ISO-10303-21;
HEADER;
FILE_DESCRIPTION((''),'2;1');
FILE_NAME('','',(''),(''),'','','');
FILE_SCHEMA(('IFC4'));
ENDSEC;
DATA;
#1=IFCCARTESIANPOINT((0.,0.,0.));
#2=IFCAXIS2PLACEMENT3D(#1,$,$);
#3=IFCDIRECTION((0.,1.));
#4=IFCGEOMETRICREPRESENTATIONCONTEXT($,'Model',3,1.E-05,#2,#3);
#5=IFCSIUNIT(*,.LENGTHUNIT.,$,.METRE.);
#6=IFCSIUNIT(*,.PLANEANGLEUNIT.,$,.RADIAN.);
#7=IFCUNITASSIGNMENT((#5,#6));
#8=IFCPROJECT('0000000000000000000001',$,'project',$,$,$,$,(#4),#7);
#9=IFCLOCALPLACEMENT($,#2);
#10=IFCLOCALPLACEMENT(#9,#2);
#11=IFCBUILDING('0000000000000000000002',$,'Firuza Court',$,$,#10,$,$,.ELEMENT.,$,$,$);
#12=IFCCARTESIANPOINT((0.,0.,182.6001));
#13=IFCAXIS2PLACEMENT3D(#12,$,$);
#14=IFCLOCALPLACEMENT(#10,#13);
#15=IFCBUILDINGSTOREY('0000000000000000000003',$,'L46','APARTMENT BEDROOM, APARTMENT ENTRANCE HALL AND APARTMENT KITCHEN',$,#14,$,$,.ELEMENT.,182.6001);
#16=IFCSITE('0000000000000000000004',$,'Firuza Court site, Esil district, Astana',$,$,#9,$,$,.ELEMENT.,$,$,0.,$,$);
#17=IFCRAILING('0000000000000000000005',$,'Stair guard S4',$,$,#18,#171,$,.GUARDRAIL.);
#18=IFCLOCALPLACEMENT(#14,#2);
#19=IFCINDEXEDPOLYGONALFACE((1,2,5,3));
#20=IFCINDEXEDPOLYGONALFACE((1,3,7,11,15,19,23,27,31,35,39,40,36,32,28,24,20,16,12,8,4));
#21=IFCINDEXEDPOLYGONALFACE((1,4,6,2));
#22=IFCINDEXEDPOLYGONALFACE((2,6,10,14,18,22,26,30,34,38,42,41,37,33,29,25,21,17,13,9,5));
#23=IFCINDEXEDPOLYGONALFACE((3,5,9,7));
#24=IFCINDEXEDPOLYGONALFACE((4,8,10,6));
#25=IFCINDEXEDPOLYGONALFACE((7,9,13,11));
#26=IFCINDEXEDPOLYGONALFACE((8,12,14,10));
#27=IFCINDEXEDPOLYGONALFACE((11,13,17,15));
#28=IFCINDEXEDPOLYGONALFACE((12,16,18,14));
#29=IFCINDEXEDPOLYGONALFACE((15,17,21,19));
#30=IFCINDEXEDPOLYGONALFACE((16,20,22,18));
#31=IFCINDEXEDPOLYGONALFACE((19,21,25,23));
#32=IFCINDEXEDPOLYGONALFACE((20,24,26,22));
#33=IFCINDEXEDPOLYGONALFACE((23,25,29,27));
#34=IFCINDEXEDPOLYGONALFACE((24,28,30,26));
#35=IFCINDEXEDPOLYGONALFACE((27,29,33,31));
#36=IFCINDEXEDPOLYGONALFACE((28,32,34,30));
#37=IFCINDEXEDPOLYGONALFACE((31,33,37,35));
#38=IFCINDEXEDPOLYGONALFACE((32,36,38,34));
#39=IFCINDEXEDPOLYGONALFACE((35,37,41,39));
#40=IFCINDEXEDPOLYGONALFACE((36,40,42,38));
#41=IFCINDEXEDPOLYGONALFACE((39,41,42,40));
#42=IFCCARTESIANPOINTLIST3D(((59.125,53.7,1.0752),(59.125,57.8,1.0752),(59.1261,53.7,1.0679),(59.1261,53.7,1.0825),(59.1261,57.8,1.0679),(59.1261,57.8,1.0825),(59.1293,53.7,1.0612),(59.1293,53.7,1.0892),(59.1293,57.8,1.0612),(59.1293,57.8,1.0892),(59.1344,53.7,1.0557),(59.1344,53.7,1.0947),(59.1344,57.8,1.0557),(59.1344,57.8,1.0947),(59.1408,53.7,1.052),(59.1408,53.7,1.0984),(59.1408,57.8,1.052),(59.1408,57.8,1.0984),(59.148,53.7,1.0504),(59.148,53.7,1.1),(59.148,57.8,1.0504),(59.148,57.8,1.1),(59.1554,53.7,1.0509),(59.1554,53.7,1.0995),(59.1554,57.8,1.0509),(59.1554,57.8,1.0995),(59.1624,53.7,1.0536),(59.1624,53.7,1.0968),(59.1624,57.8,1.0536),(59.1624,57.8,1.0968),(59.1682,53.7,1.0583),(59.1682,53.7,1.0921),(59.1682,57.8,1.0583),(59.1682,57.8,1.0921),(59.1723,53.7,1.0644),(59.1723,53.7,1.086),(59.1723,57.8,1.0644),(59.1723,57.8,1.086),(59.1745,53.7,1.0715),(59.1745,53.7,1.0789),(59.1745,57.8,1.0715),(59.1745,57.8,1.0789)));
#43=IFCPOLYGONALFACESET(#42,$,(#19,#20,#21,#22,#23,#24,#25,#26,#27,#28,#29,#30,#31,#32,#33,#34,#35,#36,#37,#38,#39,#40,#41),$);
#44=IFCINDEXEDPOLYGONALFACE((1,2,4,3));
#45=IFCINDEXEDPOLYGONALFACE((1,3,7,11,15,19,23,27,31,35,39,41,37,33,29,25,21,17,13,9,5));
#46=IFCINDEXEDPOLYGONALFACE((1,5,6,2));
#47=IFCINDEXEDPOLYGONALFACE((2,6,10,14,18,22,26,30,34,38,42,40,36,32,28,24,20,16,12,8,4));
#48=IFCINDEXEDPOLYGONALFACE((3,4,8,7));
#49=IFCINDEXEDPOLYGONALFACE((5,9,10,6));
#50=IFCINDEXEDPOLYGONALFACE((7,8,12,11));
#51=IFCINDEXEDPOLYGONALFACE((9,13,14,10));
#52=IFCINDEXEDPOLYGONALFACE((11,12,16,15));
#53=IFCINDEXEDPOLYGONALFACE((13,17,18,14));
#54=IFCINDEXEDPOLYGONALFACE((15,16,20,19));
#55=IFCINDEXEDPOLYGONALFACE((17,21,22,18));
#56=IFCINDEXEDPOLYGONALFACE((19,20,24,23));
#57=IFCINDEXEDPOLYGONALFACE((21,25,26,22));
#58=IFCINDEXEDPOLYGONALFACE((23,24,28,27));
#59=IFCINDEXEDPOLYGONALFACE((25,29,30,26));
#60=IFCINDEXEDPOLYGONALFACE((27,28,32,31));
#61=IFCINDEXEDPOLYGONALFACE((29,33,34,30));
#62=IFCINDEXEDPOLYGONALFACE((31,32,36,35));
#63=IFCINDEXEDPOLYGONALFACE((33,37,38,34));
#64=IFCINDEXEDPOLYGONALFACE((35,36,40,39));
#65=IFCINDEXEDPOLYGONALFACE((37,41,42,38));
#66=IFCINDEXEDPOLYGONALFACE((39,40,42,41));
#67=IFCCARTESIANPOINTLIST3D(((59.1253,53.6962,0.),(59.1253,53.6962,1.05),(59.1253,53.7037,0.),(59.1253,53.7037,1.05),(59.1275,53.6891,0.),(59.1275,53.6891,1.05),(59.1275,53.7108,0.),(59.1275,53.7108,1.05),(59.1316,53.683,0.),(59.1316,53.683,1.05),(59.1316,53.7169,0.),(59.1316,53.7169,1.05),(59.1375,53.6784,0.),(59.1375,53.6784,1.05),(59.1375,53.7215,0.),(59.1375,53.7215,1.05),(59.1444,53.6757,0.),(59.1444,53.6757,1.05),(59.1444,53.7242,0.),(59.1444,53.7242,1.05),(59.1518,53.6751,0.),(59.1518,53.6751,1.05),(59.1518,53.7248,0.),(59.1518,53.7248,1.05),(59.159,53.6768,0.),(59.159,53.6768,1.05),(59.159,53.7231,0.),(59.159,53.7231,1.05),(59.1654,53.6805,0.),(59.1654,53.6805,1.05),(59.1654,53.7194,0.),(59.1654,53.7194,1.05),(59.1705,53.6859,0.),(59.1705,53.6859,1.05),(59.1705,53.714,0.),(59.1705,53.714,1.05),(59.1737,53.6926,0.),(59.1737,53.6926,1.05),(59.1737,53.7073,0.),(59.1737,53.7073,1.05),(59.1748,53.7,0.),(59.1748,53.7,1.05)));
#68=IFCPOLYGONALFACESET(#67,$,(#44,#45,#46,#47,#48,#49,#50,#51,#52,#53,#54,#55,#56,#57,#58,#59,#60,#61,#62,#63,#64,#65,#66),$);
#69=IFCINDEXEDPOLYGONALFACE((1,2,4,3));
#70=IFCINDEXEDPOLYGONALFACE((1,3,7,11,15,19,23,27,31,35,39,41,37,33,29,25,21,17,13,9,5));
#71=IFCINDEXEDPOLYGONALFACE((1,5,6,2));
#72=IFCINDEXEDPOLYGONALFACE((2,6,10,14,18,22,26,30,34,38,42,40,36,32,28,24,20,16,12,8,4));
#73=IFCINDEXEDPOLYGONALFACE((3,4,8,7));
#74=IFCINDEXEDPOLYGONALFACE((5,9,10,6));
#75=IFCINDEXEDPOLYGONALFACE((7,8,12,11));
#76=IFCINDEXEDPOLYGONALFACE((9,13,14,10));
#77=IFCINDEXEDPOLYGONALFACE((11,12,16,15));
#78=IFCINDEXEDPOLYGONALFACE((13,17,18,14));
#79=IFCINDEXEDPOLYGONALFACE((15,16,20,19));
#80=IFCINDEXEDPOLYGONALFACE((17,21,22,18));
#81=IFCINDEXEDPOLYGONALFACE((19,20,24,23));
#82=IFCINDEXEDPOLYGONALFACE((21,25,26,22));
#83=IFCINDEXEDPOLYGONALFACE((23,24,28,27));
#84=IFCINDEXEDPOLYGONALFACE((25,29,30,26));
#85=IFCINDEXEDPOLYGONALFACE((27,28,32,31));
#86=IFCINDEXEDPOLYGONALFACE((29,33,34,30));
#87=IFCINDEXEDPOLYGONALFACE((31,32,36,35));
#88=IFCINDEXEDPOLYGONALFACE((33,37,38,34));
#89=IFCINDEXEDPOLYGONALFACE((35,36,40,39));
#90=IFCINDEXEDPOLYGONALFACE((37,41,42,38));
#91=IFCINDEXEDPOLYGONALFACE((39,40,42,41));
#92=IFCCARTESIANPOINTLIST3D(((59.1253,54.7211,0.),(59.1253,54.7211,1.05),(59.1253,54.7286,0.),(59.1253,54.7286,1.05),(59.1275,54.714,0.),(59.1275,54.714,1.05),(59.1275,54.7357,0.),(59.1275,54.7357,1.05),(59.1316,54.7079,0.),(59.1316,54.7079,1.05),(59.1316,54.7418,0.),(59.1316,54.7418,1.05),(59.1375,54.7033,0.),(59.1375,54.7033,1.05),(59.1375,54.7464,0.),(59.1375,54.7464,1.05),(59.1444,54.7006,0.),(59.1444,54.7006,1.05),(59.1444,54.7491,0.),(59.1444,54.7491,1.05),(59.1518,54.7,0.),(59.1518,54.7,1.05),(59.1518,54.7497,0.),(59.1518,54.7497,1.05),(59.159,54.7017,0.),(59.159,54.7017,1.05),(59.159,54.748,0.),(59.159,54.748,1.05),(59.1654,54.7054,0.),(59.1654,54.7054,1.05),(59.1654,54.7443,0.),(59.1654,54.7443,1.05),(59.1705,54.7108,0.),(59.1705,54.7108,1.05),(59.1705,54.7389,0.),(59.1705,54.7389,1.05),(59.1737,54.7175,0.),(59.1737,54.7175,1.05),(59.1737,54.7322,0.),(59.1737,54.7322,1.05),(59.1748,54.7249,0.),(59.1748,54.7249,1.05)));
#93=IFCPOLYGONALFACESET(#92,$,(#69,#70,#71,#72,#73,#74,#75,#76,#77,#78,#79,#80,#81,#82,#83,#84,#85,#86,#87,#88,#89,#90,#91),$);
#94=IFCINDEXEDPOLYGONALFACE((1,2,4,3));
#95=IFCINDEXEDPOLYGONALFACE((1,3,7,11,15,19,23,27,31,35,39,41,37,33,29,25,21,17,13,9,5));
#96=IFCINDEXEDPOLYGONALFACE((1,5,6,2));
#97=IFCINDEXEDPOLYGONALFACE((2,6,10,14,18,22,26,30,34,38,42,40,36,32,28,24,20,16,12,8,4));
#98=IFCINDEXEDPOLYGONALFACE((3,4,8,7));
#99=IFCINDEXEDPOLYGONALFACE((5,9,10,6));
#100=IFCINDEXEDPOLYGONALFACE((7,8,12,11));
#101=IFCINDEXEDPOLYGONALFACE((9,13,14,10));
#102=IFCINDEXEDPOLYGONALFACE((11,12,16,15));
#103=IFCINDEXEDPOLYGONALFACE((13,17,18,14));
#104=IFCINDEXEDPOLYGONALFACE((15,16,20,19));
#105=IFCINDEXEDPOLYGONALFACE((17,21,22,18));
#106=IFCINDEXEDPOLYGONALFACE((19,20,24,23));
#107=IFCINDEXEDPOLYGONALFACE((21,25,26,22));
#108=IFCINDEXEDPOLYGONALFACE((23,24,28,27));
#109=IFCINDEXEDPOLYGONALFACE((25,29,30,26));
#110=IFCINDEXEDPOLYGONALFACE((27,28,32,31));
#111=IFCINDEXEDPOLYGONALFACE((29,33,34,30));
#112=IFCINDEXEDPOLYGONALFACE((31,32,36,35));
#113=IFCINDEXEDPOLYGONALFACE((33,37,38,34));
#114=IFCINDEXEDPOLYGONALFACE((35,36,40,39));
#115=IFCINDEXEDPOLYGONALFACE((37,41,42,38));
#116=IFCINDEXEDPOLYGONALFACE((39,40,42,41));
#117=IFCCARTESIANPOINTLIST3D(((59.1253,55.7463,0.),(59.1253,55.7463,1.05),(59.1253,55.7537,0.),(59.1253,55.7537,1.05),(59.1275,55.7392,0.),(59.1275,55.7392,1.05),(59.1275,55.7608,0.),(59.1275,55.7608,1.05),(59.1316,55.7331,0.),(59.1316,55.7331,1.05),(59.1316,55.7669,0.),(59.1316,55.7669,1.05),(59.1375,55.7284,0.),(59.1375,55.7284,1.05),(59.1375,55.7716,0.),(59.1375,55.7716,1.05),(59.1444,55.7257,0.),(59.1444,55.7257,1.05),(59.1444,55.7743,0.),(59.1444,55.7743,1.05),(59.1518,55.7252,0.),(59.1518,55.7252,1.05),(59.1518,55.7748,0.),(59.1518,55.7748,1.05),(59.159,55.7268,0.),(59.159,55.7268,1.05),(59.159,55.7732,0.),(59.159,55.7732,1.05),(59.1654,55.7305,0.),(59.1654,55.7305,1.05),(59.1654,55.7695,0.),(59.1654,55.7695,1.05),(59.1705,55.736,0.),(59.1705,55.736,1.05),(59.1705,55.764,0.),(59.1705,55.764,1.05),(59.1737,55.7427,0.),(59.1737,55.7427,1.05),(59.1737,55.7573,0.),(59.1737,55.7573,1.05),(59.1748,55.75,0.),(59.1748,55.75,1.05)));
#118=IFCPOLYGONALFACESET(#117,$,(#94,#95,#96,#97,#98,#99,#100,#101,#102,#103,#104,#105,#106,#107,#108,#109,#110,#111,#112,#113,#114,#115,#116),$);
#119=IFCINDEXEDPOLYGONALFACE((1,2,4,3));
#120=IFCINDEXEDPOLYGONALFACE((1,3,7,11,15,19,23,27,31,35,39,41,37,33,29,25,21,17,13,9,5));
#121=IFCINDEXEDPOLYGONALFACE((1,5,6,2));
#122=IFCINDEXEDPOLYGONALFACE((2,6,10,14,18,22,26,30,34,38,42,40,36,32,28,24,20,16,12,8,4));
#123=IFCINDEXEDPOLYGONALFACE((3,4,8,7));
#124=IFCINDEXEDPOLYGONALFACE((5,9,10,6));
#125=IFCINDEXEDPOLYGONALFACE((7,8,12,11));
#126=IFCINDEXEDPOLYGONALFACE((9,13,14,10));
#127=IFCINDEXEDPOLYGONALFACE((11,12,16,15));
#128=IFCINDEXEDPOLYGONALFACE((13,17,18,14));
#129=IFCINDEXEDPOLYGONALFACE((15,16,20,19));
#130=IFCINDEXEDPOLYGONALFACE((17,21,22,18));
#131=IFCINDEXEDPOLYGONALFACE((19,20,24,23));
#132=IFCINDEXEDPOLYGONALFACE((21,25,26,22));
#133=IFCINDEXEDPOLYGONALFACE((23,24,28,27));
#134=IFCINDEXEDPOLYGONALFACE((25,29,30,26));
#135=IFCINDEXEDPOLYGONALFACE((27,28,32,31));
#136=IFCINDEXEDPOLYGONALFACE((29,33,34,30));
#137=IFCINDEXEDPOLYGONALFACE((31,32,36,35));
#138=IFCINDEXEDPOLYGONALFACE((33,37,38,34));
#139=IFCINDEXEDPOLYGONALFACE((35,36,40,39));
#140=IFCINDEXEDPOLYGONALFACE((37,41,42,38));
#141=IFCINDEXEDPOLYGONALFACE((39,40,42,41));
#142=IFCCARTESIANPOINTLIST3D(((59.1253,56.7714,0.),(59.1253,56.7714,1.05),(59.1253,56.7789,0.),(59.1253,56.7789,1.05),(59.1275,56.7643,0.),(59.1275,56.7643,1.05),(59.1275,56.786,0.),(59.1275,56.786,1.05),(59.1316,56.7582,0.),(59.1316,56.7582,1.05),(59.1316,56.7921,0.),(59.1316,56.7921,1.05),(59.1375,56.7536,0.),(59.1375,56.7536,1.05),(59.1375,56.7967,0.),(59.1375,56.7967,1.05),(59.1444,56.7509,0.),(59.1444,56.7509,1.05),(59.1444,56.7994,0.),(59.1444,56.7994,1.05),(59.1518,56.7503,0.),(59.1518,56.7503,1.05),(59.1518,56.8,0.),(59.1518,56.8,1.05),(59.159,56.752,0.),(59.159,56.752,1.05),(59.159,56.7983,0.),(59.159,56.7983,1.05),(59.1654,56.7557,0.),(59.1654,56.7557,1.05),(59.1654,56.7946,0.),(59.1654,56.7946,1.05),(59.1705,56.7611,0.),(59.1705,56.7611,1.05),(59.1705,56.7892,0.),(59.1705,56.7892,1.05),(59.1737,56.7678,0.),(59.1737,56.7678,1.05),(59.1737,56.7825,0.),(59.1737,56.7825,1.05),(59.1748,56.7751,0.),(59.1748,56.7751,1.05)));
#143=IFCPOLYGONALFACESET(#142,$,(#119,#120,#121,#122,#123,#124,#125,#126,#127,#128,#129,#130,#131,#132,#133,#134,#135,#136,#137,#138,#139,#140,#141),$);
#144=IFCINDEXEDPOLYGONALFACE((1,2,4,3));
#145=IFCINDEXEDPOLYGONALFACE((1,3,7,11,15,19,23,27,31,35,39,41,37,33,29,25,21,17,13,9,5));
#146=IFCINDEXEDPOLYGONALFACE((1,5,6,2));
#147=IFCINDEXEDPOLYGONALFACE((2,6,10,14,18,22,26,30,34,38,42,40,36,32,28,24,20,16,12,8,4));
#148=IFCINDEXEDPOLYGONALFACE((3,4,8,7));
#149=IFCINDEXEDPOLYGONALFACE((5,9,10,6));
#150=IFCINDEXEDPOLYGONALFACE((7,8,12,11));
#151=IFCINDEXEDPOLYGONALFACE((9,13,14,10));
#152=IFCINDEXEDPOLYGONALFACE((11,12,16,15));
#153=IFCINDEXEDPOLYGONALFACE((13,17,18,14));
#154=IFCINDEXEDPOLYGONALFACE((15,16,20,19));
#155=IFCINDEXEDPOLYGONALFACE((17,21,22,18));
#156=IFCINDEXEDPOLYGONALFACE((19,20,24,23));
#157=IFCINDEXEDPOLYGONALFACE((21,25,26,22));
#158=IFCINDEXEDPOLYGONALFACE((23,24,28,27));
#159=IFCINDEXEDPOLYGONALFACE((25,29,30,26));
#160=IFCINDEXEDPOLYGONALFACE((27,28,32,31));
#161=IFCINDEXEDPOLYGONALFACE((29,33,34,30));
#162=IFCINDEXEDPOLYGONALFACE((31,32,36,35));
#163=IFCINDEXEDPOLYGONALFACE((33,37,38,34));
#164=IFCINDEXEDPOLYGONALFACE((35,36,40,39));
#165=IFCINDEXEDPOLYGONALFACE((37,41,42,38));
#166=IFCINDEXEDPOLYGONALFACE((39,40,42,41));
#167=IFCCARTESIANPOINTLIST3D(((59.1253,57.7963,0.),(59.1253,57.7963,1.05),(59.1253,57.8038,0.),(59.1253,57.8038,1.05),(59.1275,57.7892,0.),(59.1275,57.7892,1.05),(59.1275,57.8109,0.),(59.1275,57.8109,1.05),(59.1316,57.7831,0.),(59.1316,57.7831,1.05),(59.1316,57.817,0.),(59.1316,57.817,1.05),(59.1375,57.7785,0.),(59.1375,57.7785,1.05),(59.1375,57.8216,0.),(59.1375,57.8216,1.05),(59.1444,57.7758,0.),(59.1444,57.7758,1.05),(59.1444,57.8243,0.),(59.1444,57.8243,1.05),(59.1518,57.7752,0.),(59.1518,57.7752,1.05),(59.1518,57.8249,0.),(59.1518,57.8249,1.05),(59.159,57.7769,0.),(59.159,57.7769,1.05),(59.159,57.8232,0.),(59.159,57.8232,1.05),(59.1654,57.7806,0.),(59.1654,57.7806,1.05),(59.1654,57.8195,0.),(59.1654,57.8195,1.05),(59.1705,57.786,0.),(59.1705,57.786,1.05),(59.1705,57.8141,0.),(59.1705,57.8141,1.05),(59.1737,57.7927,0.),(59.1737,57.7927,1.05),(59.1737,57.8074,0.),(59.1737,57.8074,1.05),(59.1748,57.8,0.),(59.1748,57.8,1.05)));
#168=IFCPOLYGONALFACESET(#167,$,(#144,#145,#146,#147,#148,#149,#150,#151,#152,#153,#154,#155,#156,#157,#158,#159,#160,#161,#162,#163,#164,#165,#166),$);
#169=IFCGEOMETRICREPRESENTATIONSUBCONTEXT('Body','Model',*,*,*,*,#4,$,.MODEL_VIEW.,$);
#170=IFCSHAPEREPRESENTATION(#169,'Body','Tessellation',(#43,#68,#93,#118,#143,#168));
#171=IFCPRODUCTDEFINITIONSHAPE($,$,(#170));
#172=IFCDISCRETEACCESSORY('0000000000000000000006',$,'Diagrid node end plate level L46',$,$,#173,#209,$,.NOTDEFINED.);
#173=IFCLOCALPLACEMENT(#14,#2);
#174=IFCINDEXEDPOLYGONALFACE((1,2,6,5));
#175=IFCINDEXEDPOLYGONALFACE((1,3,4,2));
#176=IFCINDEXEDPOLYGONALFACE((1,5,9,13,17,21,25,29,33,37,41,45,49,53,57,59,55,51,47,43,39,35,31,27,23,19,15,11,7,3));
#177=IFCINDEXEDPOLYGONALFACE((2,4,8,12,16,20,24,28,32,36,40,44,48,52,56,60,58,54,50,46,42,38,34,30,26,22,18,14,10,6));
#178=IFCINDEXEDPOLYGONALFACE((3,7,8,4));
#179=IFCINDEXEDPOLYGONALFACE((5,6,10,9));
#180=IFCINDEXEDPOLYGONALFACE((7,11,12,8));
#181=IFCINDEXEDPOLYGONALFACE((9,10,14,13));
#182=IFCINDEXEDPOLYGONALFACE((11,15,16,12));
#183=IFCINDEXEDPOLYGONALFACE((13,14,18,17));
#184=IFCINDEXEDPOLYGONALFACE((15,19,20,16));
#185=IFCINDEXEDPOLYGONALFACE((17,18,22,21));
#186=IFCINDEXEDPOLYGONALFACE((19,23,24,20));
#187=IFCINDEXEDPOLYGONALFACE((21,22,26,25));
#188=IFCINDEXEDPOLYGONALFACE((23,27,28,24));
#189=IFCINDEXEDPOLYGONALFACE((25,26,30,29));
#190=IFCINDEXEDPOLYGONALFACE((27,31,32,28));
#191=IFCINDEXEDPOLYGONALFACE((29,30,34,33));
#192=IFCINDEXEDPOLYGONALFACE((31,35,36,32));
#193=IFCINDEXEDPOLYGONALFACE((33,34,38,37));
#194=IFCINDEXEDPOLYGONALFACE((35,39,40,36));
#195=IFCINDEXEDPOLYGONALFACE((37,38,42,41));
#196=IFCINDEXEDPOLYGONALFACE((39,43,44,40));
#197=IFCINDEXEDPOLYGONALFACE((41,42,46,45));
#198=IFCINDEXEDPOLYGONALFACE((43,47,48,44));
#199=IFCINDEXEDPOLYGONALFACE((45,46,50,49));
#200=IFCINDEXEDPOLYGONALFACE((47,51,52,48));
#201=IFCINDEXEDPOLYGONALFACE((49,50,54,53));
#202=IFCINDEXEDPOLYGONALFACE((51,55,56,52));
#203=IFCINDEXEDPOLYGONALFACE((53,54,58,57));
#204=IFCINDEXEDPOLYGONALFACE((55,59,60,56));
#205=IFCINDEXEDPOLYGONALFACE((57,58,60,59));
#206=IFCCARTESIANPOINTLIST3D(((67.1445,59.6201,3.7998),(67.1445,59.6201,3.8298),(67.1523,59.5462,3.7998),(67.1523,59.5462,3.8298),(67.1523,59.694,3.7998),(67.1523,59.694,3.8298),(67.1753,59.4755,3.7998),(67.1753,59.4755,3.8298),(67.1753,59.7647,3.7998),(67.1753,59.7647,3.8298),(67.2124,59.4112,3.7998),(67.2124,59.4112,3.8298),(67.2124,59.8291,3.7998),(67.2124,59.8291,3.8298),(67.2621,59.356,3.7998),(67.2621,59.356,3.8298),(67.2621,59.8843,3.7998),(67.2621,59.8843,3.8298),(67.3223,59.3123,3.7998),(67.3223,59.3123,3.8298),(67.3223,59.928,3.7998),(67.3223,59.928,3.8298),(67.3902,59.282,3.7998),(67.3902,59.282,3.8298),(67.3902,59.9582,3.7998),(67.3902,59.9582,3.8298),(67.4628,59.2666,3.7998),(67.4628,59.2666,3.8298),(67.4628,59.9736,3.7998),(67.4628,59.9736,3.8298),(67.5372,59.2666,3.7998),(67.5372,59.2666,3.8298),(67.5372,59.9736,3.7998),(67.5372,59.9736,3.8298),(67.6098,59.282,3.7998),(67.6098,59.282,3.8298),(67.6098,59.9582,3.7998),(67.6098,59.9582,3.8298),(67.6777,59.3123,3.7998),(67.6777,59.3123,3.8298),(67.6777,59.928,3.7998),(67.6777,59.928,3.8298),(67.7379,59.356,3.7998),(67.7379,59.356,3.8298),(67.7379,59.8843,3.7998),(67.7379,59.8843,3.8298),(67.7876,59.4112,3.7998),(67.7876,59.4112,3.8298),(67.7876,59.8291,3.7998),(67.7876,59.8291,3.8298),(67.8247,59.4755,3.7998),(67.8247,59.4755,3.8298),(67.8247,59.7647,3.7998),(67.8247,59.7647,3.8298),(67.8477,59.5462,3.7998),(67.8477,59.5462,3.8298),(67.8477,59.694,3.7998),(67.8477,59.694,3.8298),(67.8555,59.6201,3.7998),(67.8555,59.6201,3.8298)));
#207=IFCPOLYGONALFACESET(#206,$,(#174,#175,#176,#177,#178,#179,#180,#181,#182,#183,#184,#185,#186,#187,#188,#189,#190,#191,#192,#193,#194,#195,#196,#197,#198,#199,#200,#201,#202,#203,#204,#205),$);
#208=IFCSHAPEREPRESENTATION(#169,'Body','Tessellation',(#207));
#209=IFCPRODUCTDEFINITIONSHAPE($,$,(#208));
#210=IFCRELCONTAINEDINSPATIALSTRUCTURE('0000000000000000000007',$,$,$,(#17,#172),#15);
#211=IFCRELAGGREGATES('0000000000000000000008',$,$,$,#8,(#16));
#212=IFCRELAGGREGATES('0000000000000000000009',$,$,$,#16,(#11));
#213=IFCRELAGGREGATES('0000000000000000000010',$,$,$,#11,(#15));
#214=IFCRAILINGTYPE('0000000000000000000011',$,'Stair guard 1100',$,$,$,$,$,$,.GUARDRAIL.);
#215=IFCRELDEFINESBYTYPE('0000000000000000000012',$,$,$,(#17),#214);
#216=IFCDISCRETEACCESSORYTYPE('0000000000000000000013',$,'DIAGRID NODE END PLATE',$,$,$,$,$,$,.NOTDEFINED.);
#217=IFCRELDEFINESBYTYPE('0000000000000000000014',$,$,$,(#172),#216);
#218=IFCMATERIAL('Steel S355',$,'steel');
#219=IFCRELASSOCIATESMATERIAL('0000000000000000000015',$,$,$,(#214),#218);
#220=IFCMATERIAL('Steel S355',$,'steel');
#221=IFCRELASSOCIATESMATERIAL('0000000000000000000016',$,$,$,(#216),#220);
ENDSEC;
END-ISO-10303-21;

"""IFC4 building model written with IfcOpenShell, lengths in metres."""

from ifc_helpers import new_model, si_unit, direction, frame, origin, origin_2d, place, context, subcontext, project, spatial, circle, extrude, material, material_profile, profile_set, type_object, element, save


model = new_model("IFC4")

# Units and contexts
model_context = context("Model", 3, precision=1e-05, world=origin(), true_north=direction((0.0, 1.0)))
body_context = subcontext(model_context, "Body", "Model", "MODEL_VIEW")
ifc_project = project(units=[si_unit("LENGTHUNIT", "METRE"), si_unit("PLANEANGLEUNIT", "RADIAN")], contexts=[model_context])

# Site, building, storey
site_placement = place(None, origin())
site = spatial("IfcSite", under=ifc_project, at=site_placement, Name="Firuza Court site, Esil district, Astana", CompositionType="ELEMENT", RefElevation=0.0)
building_placement = place(site_placement, origin())
building = spatial("IfcBuilding", under=site, at=building_placement, Name="Firuza Court", CompositionType="ELEMENT")
storey_placement = place(building_placement, frame((0.0, 0.0, 182.6001)))
storey = spatial("IfcBuildingStorey", under=building, at=storey_placement, Name="L46", Description="APARTMENT BEDROOM, APARTMENT ENTRANCE HALL AND APARTMENT KITCHEN", CompositionType="ELEMENT", Elevation=182.6001)

# Railing
ifc_material_1 = material(Name="Steel S355", Category="steel")
railing_type = type_object("IfcRailingType", Name="Stair guard 1100", PredefinedType="GUARDRAIL", material=ifc_material_1)
railing_placement = place(storey_placement, frame((59.1499, 53.7, 0.0)))
element("IfcRailing", 1, at=railing_placement, inside=storey, type_object=railing_type, Name="Stair guard S4", PredefinedType="GUARDRAIL", context=body_context, shape_type="SweptSolid", body=[
    extrude(circle(Radius=0.0249, at=origin_2d()), frame((0.0, 0.0, 1.0752), z_axis=(0.0, 1.0, 0.0), x_axis=(-1.0, 0.0, 0.0)), (0.0, 0.0, 1.0), 4.1001),
    extrude(circle(Radius=0.0249, at=origin_2d()), origin(), (0.0, 0.0, 1.0), 1.05),
    extrude(circle(Radius=0.0249, at=origin_2d()), frame((0.0, 1.0249, 0.0)), (0.0, 0.0, 1.0), 1.05),
    extrude(circle(Radius=0.0249, at=origin_2d()), frame((0.0, 2.05, 0.0)), (0.0, 0.0, 1.0), 1.05),
    extrude(circle(Radius=0.0249, at=origin_2d()), frame((0.0, 3.0752, 0.0)), (0.0, 0.0, 1.0), 1.05),
    extrude(circle(Radius=0.0249, at=origin_2d()), frame((0.0, 4.1001, 0.0)), (0.0, 0.0, 1.0), 1.05),
])

# Discrete accessory
ifc_material_2 = material(Name="Steel S355", Category="steel")
ifc_material_profile_1 = material_profile(ifc_material_2, circle(Radius=0.3555, at=origin_2d()), Name="PL D711")
ifc_profile_set_1 = profile_set([ifc_material_profile_1], Name="Steel S355")
discrete_accessory_type = type_object("IfcDiscreteAccessoryType", Name="DIAGRID NODE END PLATE", PredefinedType="NOTDEFINED", material=ifc_profile_set_1)
for number, where, z_axis, x_axis, name in (
    (2, (67.5, 59.6201, 3.7998), (0.0, 0.0, 1.0), (1.0, 0.0, 0.0), "Diagrid node end plate level L46"),
):
    element("IfcDiscreteAccessory", number, at=place(storey_placement, frame(where, z_axis=z_axis, x_axis=x_axis)), inside=storey, type_object=discrete_accessory_type, Name=name, PredefinedType="NOTDEFINED", context=body_context, shape_type="SweptSolid", body=[
        extrude(circle(Radius=0.3555, at=origin_2d()), origin(), (0.0, 0.0, 1.0), 0.03),
    ])

save(model, "model.ifc")
